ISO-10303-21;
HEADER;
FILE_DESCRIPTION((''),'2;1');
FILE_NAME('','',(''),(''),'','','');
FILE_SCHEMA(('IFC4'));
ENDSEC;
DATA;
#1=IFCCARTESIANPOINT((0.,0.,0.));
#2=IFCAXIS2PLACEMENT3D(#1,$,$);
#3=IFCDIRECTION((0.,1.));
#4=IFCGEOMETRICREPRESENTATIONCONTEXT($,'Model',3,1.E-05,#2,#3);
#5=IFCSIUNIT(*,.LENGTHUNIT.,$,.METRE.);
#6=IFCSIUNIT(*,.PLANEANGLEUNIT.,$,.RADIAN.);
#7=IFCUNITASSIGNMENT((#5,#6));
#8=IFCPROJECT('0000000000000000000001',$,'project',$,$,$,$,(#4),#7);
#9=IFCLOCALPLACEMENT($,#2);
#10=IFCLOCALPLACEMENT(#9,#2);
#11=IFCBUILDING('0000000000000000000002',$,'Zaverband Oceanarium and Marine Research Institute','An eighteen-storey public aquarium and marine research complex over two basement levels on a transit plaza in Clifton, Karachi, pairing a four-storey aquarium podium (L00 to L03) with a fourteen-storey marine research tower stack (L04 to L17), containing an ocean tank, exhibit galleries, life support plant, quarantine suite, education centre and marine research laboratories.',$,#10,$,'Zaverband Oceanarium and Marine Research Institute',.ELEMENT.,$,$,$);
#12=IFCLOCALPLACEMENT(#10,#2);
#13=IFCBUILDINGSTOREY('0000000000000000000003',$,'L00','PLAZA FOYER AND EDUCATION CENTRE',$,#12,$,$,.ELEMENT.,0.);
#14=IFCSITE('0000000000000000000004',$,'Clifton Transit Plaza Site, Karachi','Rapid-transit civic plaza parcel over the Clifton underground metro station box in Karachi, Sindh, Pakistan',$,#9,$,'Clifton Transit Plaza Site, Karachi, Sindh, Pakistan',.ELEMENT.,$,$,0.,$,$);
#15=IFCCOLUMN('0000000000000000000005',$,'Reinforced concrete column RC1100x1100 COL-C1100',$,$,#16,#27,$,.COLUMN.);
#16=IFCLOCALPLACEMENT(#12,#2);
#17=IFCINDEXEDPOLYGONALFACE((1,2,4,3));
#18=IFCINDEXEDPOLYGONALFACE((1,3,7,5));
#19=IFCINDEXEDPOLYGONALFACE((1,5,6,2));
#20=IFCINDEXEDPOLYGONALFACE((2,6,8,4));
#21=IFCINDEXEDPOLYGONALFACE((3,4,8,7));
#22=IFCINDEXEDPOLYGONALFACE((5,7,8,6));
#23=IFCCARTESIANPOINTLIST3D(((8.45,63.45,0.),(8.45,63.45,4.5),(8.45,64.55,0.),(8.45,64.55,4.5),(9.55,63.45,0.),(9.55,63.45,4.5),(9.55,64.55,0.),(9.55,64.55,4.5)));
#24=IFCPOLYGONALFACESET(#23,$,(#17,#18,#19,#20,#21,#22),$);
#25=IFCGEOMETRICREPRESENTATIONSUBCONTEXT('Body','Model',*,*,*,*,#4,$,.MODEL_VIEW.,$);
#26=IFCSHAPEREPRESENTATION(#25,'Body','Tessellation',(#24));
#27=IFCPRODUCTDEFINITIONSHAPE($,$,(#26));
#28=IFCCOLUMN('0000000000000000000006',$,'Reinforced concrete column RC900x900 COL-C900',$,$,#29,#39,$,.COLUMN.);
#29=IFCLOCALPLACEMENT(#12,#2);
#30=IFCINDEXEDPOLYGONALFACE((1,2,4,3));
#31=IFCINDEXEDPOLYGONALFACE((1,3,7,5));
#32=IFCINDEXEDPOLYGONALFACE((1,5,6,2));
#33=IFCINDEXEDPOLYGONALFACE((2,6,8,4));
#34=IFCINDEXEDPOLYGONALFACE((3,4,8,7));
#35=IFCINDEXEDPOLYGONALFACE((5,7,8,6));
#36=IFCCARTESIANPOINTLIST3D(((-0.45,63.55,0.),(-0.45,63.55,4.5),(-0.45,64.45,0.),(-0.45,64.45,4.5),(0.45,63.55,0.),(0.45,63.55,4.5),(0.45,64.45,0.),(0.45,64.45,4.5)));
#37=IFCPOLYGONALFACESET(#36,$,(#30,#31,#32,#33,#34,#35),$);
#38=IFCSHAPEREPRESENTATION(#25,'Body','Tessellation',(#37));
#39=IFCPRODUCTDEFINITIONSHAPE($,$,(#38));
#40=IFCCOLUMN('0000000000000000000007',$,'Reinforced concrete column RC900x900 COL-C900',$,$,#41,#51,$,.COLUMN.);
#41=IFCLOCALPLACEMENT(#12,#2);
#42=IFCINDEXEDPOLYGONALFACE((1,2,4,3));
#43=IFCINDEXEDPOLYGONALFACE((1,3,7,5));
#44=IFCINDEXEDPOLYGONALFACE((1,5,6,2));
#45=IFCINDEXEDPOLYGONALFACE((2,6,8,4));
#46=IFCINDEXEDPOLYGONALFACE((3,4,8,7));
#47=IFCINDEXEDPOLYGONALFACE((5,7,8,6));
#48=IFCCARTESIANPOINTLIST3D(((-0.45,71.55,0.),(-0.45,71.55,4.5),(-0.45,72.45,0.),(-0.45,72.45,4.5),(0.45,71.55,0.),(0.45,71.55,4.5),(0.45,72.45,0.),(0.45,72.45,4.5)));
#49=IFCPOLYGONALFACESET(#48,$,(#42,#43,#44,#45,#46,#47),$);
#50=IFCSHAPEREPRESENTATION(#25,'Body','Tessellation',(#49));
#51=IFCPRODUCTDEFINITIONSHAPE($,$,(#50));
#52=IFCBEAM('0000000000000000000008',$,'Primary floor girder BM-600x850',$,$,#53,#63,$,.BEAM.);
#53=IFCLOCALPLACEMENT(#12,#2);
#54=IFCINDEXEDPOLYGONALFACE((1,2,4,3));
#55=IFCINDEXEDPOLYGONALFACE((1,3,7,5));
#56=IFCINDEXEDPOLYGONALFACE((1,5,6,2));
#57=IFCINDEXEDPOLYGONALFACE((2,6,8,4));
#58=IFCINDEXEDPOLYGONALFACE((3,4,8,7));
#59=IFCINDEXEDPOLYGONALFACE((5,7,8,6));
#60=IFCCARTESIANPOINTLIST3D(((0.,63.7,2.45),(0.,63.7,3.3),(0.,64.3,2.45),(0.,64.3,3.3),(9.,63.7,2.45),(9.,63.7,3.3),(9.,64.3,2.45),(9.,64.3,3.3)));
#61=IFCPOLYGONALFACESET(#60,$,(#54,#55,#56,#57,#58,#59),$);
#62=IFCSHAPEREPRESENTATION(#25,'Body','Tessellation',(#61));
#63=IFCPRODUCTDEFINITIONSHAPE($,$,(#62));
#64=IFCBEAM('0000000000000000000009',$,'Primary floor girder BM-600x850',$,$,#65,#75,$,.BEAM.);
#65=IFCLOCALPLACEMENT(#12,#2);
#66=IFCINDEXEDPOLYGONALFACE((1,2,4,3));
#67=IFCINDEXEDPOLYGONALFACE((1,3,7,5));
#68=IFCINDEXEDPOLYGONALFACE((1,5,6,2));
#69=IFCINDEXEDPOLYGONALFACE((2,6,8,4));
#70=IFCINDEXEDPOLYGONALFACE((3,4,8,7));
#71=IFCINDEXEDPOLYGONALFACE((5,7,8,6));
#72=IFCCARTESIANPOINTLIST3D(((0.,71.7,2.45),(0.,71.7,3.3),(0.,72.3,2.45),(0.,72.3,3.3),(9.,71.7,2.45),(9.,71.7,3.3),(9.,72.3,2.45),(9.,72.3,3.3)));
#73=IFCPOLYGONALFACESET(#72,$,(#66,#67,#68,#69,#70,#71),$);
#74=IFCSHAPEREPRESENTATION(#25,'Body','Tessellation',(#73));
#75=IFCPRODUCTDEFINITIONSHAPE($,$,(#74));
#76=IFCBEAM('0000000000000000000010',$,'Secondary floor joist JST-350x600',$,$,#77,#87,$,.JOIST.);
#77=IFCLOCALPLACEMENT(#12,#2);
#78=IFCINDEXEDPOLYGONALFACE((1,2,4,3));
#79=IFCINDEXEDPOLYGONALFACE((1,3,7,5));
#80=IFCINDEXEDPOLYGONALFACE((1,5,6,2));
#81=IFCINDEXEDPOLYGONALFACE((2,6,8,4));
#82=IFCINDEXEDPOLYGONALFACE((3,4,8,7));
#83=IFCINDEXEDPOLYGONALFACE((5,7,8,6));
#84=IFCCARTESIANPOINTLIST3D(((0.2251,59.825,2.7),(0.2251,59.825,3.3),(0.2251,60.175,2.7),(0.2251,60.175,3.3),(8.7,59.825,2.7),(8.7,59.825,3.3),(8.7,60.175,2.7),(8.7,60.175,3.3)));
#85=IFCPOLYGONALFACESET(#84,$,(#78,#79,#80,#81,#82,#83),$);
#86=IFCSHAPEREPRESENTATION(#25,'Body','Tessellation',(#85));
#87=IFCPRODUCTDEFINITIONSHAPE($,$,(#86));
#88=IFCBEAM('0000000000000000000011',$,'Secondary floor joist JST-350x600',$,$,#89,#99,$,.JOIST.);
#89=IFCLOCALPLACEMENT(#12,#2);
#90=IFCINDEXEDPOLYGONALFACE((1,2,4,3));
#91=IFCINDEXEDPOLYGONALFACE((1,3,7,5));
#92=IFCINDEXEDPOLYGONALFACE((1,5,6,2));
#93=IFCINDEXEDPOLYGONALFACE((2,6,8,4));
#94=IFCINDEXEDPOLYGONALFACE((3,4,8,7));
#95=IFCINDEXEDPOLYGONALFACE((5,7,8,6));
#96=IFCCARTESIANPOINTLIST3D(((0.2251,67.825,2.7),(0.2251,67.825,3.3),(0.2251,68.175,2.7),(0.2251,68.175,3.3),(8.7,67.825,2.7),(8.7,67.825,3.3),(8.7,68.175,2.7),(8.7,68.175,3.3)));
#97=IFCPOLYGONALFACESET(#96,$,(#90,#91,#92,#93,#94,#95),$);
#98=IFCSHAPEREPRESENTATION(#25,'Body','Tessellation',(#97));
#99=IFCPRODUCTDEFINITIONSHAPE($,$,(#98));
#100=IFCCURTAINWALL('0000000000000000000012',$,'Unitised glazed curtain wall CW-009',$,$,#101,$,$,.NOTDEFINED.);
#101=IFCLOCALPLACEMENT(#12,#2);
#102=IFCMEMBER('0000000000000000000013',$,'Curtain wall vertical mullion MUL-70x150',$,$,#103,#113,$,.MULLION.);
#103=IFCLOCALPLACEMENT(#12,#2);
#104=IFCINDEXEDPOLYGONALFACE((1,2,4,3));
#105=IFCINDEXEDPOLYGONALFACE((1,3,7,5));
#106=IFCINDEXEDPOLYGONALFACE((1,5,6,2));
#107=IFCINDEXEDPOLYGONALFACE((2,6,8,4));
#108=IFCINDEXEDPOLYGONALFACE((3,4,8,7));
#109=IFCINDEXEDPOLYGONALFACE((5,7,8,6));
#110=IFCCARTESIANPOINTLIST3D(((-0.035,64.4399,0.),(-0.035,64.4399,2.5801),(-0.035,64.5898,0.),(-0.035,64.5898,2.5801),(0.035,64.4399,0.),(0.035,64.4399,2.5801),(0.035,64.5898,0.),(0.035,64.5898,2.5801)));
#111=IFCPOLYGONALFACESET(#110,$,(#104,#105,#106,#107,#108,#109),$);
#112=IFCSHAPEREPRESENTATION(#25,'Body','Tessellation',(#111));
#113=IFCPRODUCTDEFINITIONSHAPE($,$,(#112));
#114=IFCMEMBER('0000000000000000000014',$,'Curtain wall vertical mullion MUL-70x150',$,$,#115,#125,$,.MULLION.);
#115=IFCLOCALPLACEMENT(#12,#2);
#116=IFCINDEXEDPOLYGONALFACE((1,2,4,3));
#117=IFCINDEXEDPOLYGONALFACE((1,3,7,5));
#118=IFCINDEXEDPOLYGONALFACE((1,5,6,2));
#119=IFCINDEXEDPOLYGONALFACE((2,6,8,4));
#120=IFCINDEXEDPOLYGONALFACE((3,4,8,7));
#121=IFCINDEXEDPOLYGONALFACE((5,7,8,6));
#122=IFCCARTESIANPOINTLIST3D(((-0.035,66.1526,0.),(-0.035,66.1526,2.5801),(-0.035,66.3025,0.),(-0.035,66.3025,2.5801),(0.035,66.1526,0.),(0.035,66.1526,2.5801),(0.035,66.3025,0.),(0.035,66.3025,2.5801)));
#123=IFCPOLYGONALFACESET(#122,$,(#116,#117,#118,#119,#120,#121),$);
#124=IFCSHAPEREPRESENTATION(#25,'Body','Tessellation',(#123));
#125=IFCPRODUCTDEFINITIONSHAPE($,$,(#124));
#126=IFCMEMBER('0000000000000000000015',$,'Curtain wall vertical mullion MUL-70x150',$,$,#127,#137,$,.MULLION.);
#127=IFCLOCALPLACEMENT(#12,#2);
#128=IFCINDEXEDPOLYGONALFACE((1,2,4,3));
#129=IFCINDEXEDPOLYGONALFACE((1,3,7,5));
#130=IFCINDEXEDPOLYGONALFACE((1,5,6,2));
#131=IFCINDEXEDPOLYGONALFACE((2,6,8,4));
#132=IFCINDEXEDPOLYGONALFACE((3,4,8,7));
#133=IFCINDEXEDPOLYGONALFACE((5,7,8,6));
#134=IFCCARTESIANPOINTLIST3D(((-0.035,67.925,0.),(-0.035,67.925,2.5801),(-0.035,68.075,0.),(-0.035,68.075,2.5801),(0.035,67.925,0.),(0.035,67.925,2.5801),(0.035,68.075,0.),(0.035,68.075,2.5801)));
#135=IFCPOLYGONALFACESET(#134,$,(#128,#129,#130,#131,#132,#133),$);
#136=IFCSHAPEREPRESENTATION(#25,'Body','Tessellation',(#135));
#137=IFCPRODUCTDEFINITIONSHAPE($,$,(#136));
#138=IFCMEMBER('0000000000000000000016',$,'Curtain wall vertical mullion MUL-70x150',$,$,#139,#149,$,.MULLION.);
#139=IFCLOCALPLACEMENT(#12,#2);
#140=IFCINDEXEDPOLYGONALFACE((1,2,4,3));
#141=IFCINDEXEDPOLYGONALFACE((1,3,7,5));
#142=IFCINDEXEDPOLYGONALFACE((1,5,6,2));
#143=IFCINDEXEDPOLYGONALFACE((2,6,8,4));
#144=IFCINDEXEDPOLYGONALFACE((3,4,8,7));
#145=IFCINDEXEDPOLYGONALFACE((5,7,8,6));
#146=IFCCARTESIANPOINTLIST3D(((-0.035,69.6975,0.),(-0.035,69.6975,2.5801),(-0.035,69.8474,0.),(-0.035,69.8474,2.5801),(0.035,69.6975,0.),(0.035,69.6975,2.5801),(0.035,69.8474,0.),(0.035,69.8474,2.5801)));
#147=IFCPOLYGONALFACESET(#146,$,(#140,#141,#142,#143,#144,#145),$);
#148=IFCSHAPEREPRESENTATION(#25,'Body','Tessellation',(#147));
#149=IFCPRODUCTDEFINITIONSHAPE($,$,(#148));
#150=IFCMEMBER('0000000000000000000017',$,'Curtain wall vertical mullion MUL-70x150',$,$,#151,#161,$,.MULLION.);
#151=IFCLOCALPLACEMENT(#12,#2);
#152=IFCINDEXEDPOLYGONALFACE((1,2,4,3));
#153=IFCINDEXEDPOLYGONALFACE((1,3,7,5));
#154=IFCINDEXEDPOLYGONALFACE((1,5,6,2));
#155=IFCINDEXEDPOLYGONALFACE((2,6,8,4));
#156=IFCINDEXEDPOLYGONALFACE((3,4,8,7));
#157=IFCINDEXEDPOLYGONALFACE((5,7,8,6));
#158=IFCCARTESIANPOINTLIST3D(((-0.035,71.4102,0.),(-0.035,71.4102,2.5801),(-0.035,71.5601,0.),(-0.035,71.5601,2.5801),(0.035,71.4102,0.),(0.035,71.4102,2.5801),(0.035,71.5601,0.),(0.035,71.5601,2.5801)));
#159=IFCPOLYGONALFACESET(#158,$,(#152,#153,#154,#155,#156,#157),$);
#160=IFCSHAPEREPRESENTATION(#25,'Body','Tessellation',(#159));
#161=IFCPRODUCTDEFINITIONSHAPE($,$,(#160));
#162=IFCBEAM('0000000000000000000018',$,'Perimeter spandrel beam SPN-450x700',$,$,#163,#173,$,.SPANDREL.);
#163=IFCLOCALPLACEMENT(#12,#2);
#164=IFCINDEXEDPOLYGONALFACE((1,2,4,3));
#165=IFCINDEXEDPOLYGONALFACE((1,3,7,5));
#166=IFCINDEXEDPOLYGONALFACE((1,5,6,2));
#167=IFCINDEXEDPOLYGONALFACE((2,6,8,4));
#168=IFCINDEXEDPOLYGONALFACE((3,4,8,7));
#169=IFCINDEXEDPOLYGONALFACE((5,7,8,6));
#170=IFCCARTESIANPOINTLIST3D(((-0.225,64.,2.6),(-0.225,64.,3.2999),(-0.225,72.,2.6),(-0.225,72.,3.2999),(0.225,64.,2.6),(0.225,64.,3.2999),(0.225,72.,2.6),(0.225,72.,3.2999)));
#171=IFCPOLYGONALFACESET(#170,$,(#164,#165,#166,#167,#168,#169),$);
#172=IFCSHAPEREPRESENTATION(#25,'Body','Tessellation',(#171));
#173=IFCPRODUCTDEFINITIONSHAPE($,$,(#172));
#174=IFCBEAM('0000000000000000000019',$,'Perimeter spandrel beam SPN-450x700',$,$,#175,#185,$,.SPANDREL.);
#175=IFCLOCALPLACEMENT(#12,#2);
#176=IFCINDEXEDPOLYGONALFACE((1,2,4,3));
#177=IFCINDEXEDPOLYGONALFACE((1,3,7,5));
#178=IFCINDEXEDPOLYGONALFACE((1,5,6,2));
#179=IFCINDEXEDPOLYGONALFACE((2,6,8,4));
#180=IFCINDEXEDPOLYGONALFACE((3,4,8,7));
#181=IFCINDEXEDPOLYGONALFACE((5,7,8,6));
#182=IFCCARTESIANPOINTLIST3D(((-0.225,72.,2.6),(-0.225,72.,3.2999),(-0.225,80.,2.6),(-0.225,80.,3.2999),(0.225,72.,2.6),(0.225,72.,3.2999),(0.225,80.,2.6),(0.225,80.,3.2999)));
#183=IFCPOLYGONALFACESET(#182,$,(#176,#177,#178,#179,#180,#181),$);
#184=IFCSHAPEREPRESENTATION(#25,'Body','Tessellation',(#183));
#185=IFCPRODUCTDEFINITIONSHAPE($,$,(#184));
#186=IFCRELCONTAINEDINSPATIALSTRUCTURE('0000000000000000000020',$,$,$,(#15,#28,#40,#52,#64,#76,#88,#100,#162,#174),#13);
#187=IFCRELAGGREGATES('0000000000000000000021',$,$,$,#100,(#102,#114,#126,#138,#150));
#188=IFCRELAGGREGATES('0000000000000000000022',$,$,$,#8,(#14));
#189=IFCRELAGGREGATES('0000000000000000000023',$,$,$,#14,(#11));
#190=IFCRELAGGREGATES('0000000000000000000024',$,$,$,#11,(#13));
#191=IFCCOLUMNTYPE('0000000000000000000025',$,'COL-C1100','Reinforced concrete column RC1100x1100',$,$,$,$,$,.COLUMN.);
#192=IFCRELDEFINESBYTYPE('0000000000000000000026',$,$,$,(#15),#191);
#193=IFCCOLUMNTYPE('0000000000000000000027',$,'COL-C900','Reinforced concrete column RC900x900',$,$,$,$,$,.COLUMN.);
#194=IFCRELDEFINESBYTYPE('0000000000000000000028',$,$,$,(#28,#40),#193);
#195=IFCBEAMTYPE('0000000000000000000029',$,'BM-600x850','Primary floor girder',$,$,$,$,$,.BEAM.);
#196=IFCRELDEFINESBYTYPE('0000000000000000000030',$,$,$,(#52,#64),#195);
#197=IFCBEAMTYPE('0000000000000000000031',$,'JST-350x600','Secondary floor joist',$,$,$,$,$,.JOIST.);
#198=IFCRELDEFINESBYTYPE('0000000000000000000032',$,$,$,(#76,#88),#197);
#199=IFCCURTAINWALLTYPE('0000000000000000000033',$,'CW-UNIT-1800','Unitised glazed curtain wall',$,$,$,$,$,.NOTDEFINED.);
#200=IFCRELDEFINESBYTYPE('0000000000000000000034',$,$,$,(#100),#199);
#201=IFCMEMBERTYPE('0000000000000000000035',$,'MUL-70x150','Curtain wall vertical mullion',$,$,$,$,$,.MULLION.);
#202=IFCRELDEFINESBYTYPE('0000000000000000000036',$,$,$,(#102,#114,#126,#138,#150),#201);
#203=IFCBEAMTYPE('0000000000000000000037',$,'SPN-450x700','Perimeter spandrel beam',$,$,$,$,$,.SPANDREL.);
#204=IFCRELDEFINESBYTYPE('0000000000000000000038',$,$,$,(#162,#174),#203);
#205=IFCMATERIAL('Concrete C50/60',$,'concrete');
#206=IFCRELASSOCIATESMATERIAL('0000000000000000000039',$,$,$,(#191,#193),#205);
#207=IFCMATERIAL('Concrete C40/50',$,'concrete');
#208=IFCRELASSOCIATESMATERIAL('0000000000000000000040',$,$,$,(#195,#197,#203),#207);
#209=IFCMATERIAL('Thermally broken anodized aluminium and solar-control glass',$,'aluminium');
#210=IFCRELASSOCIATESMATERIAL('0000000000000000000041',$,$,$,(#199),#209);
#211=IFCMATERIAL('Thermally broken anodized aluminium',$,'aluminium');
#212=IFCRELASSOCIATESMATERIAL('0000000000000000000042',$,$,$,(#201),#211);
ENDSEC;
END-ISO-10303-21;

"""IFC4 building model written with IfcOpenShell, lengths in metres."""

from ifc_helpers import new_model, si_unit, direction, frame, origin, origin_2d, place, context, subcontext, project, spatial, rectangle, extrude, material, material_profile, profile_set, type_object, element, aggregate, save


model = new_model("IFC4")

# Units and contexts
model_context = context("Model", 3, precision=1e-05, world=origin(), true_north=direction((0.0, 1.0)))
body_context = subcontext(model_context, "Body", "Model", "MODEL_VIEW")
ifc_project = project(units=[si_unit("LENGTHUNIT", "METRE"), si_unit("PLANEANGLEUNIT", "RADIAN")], contexts=[model_context])

# Site, building, storey
site_placement = place(None, origin())
site = spatial("IfcSite", under=ifc_project, at=site_placement, Name="Clifton Transit Plaza Site, Karachi", Description="Rapid-transit civic plaza parcel over the Clifton underground metro station box in Karachi, Sindh, Pakistan", LongName="Clifton Transit Plaza Site, Karachi, Sindh, Pakistan", CompositionType="ELEMENT", RefElevation=0.0)
building_placement = place(site_placement, origin())
building = spatial("IfcBuilding", under=site, at=building_placement, Name="Zaverband Oceanarium and Marine Research Institute", Description="An eighteen-storey public aquarium and marine research complex over two basement levels on a transit plaza in Clifton, Karachi, pairing a four-storey aquarium podium (L00 to L03) with a fourteen-storey marine research tower stack (L04 to L17), containing an ocean tank, exhibit galleries, life support plant, quarantine suite, education centre and marine research laboratories.", LongName="Zaverband Oceanarium and Marine Research Institute", CompositionType="ELEMENT")
storey_placement = place(building_placement, origin())
storey = spatial("IfcBuildingStorey", under=building, at=storey_placement, Name="L00", Description="PLAZA FOYER AND EDUCATION CENTRE", CompositionType="ELEMENT", Elevation=0.0)

# Columns
ifc_material_1 = material(Name="Concrete C50/60", Category="concrete")
ifc_material_profile_1 = material_profile(ifc_material_1, rectangle(XDim=1.1001, YDim=1.1001, at=origin_2d()), Name="RC1100x1100")
ifc_profile_set_1 = profile_set([ifc_material_profile_1], Name="Concrete C50/60")
column_type_1 = type_object("IfcColumnType", Name="COL-C1100", Description="Reinforced concrete column RC1100x1100", PredefinedType="COLUMN", material=ifc_profile_set_1)
column_placement = place(storey_placement, frame((9.0, 64.0, 0.0), z_axis=(0.0, 0.0, 1.0), x_axis=(1.0, 0.0, 0.0)))
element("IfcColumn", 1, at=column_placement, inside=storey, type_object=column_type_1, Name="Reinforced concrete column RC1100x1100 COL-C1100", PredefinedType="COLUMN", context=body_context, shape_type="SweptSolid", body=[
    extrude(rectangle(XDim=1.1001, YDim=1.1001, at=origin_2d()), origin(), (0.0, 0.0, 1.0), 4.5),
])
ifc_material_profile_2 = material_profile(ifc_material_1, rectangle(XDim=0.8999, YDim=0.8999, at=origin_2d()), Name="RC900x900")
ifc_profile_set_2 = profile_set([ifc_material_profile_2], Name="Concrete C50/60")
column_type_2 = type_object("IfcColumnType", Name="COL-C900", Description="Reinforced concrete column RC900x900", PredefinedType="COLUMN", material=ifc_profile_set_2)
for number, where, z_axis, x_axis, name in (
    (2, (0.0, 64.0, 0.0), (0.0, 0.0, 1.0), (1.0, 0.0, 0.0), "Reinforced concrete column RC900x900 COL-C900"),
    (3, (0.0, 72.0, 0.0), (0.0, 0.0, 1.0), (1.0, 0.0, 0.0), "Reinforced concrete column RC900x900 COL-C900"),
):
    element("IfcColumn", number, at=place(storey_placement, frame(where, z_axis=z_axis, x_axis=x_axis)), inside=storey, type_object=column_type_2, Name=name, PredefinedType="COLUMN", context=body_context, shape_type="SweptSolid", body=[
        extrude(rectangle(XDim=0.8999, YDim=0.8999, at=origin_2d()), origin(), (0.0, 0.0, 1.0), 4.5),
    ])

# Beams
ifc_material_2 = material(Name="Concrete C40/50", Category="concrete")
ifc_material_profile_3 = material_profile(ifc_material_2, rectangle(XDim=0.6001, YDim=0.8501, at=origin_2d()), Name="RC600x850")
ifc_profile_set_3 = profile_set([ifc_material_profile_3], Name="Concrete C40/50")
beam_type_1 = type_object("IfcBeamType", Name="BM-600x850", Description="Primary floor girder", PredefinedType="BEAM", material=ifc_profile_set_3)
for number, where, z_axis, x_axis, name in (
    (4, (0.0, 64.0, 2.875), (1.0, 0.0, 0.0), (0.0, 1.0, 0.0), "Primary floor girder BM-600x850"),
    (5, (0.0, 72.0, 2.875), (1.0, 0.0, 0.0), (0.0, 1.0, 0.0), "Primary floor girder BM-600x850"),
):
    element("IfcBeam", number, at=place(storey_placement, frame(where, z_axis=z_axis, x_axis=x_axis)), inside=storey, type_object=beam_type_1, Name=name, PredefinedType="BEAM", context=body_context, shape_type="SweptSolid", body=[
        extrude(rectangle(XDim=0.6001, YDim=0.8501, at=origin_2d()), origin(), (0.0, 0.0, 1.0), 9.0),
    ])
ifc_material_profile_4 = material_profile(ifc_material_2, rectangle(XDim=0.3501, YDim=0.6001, at=origin_2d()), Name="RC350x600")
ifc_profile_set_4 = profile_set([ifc_material_profile_4], Name="Concrete C40/50")
beam_type_2 = type_object("IfcBeamType", Name="JST-350x600", Description="Secondary floor joist", PredefinedType="JOIST", material=ifc_profile_set_4)
for number, where, z_axis, x_axis, name in (
    (6, (0.2251, 60.0, 3.0), (1.0, 0.0, 0.0), (0.0, 1.0, 0.0), "Secondary floor joist JST-350x600"),
    (7, (0.2251, 68.0, 3.0), (1.0, 0.0, 0.0), (0.0, 1.0, 0.0), "Secondary floor joist JST-350x600"),
):
    element("IfcBeam", number, at=place(storey_placement, frame(where, z_axis=z_axis, x_axis=x_axis)), inside=storey, type_object=beam_type_2, Name=name, PredefinedType="JOIST", context=body_context, shape_type="SweptSolid", body=[
        extrude(rectangle(XDim=0.3501, YDim=0.6001, at=origin_2d()), origin(), (0.0, 0.0, 1.0), 8.4749),
    ])

# Curtain wall, members
ifc_material_3 = material(Name="Thermally broken anodized aluminium and solar-control glass", Category="aluminium")
curtain_wall_type = type_object("IfcCurtainWallType", Name="CW-UNIT-1800", Description="Unitised glazed curtain wall", PredefinedType="NOTDEFINED", material=ifc_material_3)
curtain_wall_placement = place(storey_placement, origin())
curtain_wall = element("IfcCurtainWall", 8, at=curtain_wall_placement, inside=storey, type_object=curtain_wall_type, Name="Unitised glazed curtain wall CW-009", PredefinedType="NOTDEFINED")
ifc_material_4 = material(Name="Thermally broken anodized aluminium", Category="aluminium")
ifc_material_profile_5 = material_profile(ifc_material_4, rectangle(XDim=0.0701, YDim=0.1499, at=origin_2d()), Name="AL-MUL-70x150")
ifc_profile_set_5 = profile_set([ifc_material_profile_5], Name="Thermally broken anodized aluminium")
member_type_1 = type_object("IfcMemberType", Name="MUL-70x150", Description="Curtain wall vertical mullion", PredefinedType="MULLION", material=ifc_profile_set_5)
member_1_placement = place(storey_placement, frame((0.0, 64.5149, 0.0), z_axis=(0.0, 0.0, 1.0), x_axis=(1.0, 0.0, 0.0)))
member_1 = element("IfcMember", 9, at=member_1_placement, type_object=member_type_1, Name="Curtain wall vertical mullion MUL-70x150", PredefinedType="MULLION", context=body_context, shape_type="SweptSolid", body=[
    extrude(rectangle(XDim=0.0701, YDim=0.1499, at=origin_2d()), origin(), (0.0, 0.0, 1.0), 2.5801),
])
member_2_placement = place(storey_placement, frame((0.0, 66.2275, 0.0), z_axis=(0.0, 0.0, 1.0), x_axis=(1.0, 0.0, 0.0)))
member_2 = element("IfcMember", 10, at=member_2_placement, type_object=member_type_1, Name="Curtain wall vertical mullion MUL-70x150", PredefinedType="MULLION", context=body_context, shape_type="SweptSolid", body=[
    extrude(rectangle(XDim=0.0701, YDim=0.1499, at=origin_2d()), origin(), (0.0, 0.0, 1.0), 2.5801),
])
member_3_placement = place(storey_placement, frame((0.0, 68.0, 0.0), z_axis=(0.0, 0.0, 1.0), x_axis=(1.0, 0.0, 0.0)))
member_3 = element("IfcMember", 11, at=member_3_placement, type_object=member_type_1, Name="Curtain wall vertical mullion MUL-70x150", PredefinedType="MULLION", context=body_context, shape_type="SweptSolid", body=[
    extrude(rectangle(XDim=0.0701, YDim=0.1499, at=origin_2d()), origin(), (0.0, 0.0, 1.0), 2.5801),
])
member_4_placement = place(storey_placement, frame((0.0, 69.7725, 0.0), z_axis=(0.0, 0.0, 1.0), x_axis=(1.0, 0.0, 0.0)))
member_4 = element("IfcMember", 12, at=member_4_placement, type_object=member_type_1, Name="Curtain wall vertical mullion MUL-70x150", PredefinedType="MULLION", context=body_context, shape_type="SweptSolid", body=[
    extrude(rectangle(XDim=0.0701, YDim=0.1499, at=origin_2d()), origin(), (0.0, 0.0, 1.0), 2.5801),
])
member_5_placement = place(storey_placement, frame((0.0, 71.4851, 0.0), z_axis=(0.0, 0.0, 1.0), x_axis=(1.0, 0.0, 0.0)))
member_5 = element("IfcMember", 13, at=member_5_placement, type_object=member_type_1, Name="Curtain wall vertical mullion MUL-70x150", PredefinedType="MULLION", context=body_context, shape_type="SweptSolid", body=[
    extrude(rectangle(XDim=0.0701, YDim=0.1499, at=origin_2d()), origin(), (0.0, 0.0, 1.0), 2.5801),
])

# Beams
ifc_material_profile_6 = material_profile(ifc_material_2, rectangle(XDim=0.45, YDim=0.7, at=origin_2d()), Name="RC450x700")
ifc_profile_set_6 = profile_set([ifc_material_profile_6], Name="Concrete C40/50")
beam_type_3 = type_object("IfcBeamType", Name="SPN-450x700", Description="Perimeter spandrel beam", PredefinedType="SPANDREL", material=ifc_profile_set_6)
for number, where, z_axis, x_axis, name in (
    (14, (0.0, 64.0, 2.95), (0.0, 1.0, 0.0), (-1.0, 0.0, 0.0), "Perimeter spandrel beam SPN-450x700"),
    (15, (0.0, 72.0, 2.95), (0.0, 1.0, 0.0), (-1.0, 0.0, 0.0), "Perimeter spandrel beam SPN-450x700"),
):
    element("IfcBeam", number, at=place(storey_placement, frame(where, z_axis=z_axis, x_axis=x_axis)), inside=storey, type_object=beam_type_3, Name=name, PredefinedType="SPANDREL", context=body_context, shape_type="SweptSolid", body=[
        extrude(rectangle(XDim=0.45, YDim=0.7, at=origin_2d()), origin(), (0.0, 0.0, 1.0), 8.0),
    ])

aggregate(curtain_wall, [member_1, member_2, member_3, member_4, member_5])

save(model, "model.ifc")
